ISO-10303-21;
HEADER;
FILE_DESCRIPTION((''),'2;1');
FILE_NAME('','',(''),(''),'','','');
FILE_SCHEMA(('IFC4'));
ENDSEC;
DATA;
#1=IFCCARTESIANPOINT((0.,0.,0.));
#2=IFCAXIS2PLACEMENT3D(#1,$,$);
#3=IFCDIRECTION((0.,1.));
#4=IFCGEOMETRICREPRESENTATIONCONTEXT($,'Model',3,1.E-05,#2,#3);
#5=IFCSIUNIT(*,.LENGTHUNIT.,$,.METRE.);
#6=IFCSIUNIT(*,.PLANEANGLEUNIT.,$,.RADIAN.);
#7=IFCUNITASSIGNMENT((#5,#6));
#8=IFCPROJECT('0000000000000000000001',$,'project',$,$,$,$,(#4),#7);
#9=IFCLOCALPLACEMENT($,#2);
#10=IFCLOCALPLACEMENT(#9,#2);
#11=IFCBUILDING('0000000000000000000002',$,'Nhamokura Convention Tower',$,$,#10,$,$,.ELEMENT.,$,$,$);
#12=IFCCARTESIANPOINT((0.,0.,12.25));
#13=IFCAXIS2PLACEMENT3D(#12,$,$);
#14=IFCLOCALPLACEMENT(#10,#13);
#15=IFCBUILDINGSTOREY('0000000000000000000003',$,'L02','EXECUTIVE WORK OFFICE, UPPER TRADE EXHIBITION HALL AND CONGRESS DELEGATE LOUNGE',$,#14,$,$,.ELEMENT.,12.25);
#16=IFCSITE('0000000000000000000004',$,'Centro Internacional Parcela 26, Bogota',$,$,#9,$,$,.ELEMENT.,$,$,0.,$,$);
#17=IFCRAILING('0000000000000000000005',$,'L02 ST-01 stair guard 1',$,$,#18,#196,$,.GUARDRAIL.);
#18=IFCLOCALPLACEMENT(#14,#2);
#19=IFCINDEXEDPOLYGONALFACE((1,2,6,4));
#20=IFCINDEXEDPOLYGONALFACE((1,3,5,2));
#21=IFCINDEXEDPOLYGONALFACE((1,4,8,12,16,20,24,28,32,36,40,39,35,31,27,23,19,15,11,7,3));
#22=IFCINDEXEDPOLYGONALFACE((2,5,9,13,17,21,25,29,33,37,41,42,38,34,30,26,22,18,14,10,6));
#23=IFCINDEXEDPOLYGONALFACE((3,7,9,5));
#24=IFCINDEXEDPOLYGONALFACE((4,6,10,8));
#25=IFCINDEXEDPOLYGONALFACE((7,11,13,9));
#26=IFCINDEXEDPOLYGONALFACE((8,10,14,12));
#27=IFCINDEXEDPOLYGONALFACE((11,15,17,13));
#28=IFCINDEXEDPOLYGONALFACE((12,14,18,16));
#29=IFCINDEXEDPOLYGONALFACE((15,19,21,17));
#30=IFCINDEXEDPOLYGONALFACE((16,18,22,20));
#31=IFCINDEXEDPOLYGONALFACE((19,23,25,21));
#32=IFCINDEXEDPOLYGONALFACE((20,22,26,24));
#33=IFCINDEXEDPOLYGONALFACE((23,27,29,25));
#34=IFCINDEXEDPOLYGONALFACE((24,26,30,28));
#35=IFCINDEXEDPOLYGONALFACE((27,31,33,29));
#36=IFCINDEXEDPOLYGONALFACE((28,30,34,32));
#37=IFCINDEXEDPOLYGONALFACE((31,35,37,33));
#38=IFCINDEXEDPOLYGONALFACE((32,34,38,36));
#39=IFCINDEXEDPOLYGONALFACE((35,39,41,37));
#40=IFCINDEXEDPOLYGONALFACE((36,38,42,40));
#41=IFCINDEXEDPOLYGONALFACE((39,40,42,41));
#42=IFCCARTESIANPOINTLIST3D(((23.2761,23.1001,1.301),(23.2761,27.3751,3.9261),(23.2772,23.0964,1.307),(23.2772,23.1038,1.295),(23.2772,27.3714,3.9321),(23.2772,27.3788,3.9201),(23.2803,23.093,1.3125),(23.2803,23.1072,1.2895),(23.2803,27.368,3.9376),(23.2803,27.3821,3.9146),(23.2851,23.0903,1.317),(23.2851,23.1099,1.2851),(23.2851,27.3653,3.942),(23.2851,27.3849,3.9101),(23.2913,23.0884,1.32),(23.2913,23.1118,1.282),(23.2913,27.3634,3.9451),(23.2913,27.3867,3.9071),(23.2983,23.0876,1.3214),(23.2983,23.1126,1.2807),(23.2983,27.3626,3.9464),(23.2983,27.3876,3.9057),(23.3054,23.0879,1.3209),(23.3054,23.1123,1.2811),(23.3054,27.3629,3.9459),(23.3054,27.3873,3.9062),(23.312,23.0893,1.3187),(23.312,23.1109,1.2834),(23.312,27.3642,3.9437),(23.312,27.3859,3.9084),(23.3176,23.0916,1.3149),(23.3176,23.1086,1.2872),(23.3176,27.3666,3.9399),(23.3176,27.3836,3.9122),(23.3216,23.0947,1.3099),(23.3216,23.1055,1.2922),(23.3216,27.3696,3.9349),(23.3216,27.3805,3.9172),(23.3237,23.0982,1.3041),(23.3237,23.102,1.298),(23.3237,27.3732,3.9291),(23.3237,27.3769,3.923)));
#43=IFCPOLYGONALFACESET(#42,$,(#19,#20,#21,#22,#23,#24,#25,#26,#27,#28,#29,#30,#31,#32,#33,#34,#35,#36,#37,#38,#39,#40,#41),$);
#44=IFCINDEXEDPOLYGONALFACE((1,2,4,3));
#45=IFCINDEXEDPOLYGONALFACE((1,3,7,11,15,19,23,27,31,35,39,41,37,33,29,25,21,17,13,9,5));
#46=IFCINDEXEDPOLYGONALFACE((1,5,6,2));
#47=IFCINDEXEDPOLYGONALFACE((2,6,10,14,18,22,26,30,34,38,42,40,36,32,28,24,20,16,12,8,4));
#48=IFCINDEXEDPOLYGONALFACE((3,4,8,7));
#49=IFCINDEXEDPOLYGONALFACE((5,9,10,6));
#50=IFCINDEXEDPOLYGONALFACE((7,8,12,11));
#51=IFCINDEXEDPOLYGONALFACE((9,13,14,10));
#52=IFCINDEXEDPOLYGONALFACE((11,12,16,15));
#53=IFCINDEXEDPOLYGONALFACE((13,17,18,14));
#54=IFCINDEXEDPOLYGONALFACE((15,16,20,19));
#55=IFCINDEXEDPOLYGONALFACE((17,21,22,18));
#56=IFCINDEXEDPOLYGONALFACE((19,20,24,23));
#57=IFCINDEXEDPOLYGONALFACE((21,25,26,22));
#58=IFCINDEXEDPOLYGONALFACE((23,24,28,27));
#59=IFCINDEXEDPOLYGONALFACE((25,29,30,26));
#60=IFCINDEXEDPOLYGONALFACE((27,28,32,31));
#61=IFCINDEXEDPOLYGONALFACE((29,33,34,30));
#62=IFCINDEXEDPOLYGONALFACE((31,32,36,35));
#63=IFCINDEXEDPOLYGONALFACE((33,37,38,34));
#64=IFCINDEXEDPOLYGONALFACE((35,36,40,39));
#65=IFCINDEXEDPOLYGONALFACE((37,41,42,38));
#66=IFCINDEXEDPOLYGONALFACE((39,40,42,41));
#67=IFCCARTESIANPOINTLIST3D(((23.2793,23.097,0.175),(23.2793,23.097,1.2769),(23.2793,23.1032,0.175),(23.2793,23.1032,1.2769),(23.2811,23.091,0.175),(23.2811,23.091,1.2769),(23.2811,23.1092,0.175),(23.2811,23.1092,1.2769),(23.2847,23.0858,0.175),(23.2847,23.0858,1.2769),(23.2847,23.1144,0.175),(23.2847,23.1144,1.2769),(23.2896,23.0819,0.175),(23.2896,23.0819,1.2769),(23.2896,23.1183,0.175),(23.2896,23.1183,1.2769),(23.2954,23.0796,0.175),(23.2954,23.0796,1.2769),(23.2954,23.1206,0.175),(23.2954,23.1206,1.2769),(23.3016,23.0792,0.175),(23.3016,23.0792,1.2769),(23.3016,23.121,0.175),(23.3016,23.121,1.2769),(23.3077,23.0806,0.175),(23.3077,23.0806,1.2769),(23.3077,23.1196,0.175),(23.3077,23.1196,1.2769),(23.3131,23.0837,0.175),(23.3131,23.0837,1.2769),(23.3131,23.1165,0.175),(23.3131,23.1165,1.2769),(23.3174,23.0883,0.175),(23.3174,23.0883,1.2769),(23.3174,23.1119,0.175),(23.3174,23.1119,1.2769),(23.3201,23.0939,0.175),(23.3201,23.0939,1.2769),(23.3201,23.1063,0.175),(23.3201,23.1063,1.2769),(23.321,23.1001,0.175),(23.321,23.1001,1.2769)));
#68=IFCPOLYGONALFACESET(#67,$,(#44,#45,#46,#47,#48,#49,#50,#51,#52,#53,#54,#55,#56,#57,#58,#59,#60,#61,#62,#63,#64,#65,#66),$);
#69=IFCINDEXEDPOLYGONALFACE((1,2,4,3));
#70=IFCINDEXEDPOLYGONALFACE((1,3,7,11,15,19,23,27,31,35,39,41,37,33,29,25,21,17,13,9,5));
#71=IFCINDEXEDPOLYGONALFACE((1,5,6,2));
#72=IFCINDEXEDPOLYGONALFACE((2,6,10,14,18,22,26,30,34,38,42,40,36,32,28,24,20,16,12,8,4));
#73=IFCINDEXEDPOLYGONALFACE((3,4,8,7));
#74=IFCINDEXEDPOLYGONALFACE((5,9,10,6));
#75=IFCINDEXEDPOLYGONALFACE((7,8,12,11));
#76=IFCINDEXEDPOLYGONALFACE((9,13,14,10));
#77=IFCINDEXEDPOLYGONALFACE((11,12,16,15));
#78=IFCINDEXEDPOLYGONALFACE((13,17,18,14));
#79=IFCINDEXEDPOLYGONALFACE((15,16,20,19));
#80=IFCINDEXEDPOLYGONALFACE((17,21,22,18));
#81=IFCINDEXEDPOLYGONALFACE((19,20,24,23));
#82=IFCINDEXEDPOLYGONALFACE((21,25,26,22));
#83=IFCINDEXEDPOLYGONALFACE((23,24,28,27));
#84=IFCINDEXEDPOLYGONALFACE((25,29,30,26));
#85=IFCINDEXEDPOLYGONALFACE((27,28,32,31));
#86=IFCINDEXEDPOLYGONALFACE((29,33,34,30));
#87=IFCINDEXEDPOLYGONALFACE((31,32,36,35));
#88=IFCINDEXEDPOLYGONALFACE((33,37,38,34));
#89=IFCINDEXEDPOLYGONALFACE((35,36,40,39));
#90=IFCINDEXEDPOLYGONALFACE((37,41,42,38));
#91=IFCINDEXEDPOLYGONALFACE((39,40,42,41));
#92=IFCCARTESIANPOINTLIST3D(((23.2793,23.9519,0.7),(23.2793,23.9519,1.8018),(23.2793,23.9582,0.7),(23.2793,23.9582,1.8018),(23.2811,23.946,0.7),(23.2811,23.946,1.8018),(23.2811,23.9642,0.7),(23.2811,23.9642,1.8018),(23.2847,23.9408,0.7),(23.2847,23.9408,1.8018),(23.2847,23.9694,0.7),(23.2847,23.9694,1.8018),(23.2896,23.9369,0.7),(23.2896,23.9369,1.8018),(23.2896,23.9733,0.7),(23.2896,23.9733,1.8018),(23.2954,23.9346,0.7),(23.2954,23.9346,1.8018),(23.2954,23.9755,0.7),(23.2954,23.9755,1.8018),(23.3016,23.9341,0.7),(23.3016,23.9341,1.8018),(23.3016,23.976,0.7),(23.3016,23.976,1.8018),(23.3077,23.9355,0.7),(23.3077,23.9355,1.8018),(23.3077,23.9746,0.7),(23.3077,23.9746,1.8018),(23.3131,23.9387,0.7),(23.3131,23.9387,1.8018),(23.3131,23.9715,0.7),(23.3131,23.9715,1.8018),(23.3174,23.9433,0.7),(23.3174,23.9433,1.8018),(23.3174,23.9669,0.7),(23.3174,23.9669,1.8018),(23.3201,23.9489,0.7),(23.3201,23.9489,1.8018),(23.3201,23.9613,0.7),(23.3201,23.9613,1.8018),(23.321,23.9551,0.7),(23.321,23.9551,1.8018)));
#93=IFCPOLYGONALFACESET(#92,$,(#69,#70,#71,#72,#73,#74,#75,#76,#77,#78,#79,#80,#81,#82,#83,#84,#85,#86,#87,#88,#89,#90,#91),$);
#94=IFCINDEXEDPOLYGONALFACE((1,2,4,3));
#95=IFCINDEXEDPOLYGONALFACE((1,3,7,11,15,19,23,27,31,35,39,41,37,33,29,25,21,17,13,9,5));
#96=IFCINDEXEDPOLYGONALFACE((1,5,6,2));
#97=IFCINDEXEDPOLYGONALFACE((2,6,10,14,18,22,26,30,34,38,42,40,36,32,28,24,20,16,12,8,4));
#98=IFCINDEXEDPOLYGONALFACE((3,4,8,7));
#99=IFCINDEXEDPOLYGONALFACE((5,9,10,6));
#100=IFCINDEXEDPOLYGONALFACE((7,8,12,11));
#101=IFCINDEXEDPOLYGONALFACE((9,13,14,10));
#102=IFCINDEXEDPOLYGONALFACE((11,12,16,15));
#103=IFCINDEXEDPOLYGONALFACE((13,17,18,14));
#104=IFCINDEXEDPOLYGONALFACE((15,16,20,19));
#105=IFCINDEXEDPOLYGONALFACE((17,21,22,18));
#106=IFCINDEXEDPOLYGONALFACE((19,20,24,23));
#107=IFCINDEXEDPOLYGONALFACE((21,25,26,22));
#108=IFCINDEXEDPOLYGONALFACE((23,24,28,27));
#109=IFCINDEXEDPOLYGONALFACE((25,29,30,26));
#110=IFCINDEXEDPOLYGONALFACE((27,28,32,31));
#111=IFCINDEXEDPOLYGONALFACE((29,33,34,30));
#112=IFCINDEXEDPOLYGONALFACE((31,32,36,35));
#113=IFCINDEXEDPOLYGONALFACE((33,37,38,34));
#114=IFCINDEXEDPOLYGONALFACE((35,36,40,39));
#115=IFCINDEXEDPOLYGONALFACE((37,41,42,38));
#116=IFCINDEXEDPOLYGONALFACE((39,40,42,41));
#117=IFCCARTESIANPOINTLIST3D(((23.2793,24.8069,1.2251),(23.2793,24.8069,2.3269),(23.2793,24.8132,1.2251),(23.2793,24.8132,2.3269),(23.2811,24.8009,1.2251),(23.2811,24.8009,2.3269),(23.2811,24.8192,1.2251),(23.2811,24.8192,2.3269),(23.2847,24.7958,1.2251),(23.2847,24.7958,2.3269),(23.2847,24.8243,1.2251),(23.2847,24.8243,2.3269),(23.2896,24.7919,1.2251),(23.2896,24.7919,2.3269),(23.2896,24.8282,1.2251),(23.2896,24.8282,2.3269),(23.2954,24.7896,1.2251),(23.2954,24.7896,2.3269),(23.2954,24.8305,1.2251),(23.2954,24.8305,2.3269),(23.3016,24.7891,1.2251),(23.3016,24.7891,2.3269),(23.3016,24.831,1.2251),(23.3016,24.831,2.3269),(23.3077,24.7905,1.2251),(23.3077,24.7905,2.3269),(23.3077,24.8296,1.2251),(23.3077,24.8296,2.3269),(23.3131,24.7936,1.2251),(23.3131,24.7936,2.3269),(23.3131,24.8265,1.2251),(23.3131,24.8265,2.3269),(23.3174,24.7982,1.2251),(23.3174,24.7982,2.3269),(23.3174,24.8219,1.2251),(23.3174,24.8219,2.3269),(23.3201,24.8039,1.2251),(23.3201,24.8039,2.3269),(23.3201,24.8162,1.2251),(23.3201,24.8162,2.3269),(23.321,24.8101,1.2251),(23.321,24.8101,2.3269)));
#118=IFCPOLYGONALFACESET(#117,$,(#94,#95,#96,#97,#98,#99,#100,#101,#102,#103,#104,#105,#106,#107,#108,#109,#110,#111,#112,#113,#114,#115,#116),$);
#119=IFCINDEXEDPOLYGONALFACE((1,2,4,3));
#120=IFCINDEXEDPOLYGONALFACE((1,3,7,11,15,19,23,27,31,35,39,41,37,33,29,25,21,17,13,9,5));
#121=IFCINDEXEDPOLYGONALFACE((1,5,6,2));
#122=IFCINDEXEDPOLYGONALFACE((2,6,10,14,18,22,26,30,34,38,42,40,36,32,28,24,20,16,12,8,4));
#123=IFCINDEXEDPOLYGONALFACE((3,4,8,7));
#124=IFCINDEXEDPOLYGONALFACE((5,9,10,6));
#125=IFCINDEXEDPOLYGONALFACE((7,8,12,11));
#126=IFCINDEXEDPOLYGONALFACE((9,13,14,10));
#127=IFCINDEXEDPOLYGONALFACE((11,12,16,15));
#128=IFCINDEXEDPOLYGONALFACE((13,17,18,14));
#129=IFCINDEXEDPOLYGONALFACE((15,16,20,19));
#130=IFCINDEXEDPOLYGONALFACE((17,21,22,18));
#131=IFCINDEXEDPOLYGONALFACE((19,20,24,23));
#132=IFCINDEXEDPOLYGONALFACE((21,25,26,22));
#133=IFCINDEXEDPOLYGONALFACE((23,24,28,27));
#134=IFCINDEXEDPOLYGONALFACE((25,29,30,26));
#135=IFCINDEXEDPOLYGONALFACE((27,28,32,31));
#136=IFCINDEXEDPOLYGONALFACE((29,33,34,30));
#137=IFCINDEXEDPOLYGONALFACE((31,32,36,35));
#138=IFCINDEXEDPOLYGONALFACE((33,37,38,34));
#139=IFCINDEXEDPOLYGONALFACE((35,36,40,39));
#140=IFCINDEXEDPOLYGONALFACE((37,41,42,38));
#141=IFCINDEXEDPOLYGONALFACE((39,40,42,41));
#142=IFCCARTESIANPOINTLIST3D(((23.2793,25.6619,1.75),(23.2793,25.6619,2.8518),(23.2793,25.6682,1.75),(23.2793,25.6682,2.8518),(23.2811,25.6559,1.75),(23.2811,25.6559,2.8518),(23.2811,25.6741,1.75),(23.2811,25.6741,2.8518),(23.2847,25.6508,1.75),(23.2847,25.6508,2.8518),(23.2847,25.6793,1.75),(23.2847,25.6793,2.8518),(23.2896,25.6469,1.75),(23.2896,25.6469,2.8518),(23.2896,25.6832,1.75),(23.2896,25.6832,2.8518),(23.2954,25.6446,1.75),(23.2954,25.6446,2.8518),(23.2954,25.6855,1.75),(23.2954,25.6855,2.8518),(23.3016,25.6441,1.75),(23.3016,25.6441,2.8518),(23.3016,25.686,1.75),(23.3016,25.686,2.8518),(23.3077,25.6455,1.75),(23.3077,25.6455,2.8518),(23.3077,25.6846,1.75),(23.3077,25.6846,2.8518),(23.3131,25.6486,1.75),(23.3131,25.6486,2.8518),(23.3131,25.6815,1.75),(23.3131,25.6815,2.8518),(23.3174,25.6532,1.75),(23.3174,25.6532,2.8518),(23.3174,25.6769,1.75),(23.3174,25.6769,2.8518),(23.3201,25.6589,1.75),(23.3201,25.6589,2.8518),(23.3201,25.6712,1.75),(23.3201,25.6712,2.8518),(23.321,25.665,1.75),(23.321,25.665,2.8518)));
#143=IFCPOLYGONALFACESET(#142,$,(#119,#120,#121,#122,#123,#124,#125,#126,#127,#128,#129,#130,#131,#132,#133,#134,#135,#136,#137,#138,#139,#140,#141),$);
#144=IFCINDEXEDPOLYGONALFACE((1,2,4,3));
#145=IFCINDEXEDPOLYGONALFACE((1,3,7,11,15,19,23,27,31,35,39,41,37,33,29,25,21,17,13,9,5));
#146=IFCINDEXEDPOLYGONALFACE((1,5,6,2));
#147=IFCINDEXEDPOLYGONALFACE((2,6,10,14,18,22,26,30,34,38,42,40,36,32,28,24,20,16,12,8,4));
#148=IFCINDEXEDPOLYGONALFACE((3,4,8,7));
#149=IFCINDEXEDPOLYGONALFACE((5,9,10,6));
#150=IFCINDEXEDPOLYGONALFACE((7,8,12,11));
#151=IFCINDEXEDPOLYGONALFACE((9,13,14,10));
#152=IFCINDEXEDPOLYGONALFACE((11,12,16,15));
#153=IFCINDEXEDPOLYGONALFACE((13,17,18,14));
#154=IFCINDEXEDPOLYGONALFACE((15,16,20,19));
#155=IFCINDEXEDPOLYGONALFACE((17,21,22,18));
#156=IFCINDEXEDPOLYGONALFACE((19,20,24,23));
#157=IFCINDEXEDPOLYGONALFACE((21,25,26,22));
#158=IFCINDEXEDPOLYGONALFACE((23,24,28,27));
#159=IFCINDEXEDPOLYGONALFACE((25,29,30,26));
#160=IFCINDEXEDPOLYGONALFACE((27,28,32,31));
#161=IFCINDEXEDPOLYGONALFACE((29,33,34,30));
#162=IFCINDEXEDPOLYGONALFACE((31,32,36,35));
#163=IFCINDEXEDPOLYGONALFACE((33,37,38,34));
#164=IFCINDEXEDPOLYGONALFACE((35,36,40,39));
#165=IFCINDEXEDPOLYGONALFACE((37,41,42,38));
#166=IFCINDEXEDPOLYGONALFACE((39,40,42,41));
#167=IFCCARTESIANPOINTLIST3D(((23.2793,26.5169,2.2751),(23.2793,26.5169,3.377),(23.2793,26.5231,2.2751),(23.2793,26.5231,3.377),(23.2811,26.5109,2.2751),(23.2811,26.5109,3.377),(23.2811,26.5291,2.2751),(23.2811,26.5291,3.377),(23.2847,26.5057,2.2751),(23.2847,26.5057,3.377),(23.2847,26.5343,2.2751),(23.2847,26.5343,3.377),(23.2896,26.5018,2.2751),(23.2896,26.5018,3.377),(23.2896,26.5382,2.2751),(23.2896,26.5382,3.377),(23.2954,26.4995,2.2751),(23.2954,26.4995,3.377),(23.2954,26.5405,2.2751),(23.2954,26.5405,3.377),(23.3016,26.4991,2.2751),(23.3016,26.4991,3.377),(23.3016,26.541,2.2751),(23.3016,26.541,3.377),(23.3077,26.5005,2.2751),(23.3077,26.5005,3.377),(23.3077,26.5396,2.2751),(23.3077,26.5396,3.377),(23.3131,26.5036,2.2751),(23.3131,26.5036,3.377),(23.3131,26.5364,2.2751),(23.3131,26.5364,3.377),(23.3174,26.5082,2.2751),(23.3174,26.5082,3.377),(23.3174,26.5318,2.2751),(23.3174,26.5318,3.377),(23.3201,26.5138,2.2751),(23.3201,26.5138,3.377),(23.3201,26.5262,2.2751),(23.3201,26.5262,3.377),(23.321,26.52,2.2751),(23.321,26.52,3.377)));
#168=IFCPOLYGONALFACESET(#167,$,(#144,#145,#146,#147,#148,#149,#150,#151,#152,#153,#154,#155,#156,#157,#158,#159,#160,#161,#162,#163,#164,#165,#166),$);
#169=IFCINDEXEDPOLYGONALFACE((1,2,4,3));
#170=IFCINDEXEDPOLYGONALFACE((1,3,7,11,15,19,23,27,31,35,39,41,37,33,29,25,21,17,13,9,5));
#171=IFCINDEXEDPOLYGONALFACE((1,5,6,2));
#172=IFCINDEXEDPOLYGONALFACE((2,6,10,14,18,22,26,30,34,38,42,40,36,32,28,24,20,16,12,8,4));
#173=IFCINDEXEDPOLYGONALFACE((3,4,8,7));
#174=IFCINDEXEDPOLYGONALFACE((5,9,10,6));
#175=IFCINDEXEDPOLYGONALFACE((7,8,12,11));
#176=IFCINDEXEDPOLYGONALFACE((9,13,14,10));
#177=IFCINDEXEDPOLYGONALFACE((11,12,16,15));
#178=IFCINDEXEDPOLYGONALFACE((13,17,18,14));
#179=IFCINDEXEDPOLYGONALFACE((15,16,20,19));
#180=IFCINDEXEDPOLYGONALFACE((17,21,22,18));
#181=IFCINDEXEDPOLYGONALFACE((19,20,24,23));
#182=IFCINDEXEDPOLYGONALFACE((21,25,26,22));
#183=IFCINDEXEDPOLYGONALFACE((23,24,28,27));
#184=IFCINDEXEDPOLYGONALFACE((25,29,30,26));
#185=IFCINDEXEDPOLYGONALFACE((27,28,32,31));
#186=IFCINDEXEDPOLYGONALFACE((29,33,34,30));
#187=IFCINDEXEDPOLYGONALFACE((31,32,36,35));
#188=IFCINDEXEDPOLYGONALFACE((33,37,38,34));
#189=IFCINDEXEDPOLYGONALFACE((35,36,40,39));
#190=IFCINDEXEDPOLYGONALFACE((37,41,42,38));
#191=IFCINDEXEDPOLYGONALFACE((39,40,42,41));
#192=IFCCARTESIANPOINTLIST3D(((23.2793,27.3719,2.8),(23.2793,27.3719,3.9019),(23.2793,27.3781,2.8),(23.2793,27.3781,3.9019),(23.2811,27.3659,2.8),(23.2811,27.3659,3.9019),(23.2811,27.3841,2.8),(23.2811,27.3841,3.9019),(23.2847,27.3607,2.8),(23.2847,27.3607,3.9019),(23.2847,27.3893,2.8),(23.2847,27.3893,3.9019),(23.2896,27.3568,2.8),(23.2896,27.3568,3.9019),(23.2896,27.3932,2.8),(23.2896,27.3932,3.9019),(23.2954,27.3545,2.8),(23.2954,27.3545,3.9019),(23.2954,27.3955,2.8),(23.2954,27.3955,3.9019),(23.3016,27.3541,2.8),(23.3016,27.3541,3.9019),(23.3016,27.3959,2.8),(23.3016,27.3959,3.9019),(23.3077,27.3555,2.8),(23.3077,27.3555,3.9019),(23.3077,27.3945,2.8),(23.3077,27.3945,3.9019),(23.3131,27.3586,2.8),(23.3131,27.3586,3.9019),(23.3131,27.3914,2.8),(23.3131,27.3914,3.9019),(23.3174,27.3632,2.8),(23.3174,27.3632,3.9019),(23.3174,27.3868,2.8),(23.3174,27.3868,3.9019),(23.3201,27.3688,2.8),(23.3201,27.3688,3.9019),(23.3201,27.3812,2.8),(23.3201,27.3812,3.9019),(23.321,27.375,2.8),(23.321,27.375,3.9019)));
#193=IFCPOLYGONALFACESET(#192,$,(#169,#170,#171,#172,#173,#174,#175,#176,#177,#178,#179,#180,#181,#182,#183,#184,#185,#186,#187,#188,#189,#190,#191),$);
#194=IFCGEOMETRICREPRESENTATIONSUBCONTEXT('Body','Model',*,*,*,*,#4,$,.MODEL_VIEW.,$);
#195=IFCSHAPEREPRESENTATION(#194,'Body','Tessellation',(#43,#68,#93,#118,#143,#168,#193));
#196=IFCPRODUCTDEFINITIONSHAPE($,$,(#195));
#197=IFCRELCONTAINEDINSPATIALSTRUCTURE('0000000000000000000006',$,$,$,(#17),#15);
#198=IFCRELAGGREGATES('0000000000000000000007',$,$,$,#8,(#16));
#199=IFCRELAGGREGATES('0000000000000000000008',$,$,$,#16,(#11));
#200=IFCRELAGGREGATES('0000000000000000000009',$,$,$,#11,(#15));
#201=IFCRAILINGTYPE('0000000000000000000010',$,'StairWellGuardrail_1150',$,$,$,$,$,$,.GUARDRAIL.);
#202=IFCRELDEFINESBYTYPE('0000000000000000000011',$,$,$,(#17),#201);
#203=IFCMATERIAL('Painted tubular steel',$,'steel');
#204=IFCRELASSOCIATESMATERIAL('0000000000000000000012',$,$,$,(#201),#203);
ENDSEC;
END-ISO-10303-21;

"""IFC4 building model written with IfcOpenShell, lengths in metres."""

from ifc_helpers import new_model, si_unit, direction, frame, origin, origin_2d, place, context, subcontext, project, spatial, circle, extrude, material, type_object, element, save


model = new_model("IFC4")

# Units and contexts
model_context = context("Model", 3, precision=1e-05, world=origin(), true_north=direction((0.0, 1.0)))
body_context = subcontext(model_context, "Body", "Model", "MODEL_VIEW")
ifc_project = project(units=[si_unit("LENGTHUNIT", "METRE"), si_unit("PLANEANGLEUNIT", "RADIAN")], contexts=[model_context])

# Site, building, storey
site_placement = place(None, origin())
site = spatial("IfcSite", under=ifc_project, at=site_placement, Name="Centro Internacional Parcela 26, Bogota", CompositionType="ELEMENT", RefElevation=0.0)
building_placement = place(site_placement, origin())
building = spatial("IfcBuilding", under=site, at=building_placement, Name="Nhamokura Convention Tower", CompositionType="ELEMENT")
storey_placement = place(building_placement, frame((0.0, 0.0, 12.25)))
storey = spatial("IfcBuildingStorey", under=building, at=storey_placement, Name="L02", Description="EXECUTIVE WORK OFFICE, UPPER TRADE EXHIBITION HALL AND CONGRESS DELEGATE LOUNGE", CompositionType="ELEMENT", Elevation=12.25)

# Railing
ifc_material_1 = material(Name="Painted tubular steel", Category="steel")
railing_type_1 = type_object("IfcRailingType", Name="StairWellGuardrail_1150", PredefinedType="GUARDRAIL", material=ifc_material_1)
railing_1_placement = place(storey_placement, frame((23.3, 23.1001, 0.175)))
element("IfcRailing", 1, at=railing_1_placement, inside=storey, type_object=railing_type_1, Name="L02 ST-01 stair guard 1", PredefinedType="GUARDRAIL", context=body_context, shape_type="SweptSolid", body=[
    extrude(circle(Radius=0.0239, at=origin_2d()), frame((0.0, 0.0, 1.126), z_axis=(0.0, 0.852166, 0.523272), x_axis=(-1.0, 0.0, 0.0)), (0.0, 0.0, 1.0), 5.0166),
    extrude(circle(Radius=0.021, at=origin_2d()), origin(), (0.0, 0.0, 1.0), 1.1018),
    extrude(circle(Radius=0.021, at=origin_2d()), frame((0.0, 0.855, 0.5249)), (0.0, 0.0, 1.0), 1.1018),
    extrude(circle(Radius=0.021, at=origin_2d()), frame((0.0, 1.71, 1.05)), (0.0, 0.0, 1.0), 1.1018),
    extrude(circle(Radius=0.021, at=origin_2d()), frame((0.0, 2.5649, 1.575)), (0.0, 0.0, 1.0), 1.1018),
    extrude(circle(Radius=0.021, at=origin_2d()), frame((0.0, 3.4199, 2.1001)), (0.0, 0.0, 1.0), 1.1018),
    extrude(circle(Radius=0.021, at=origin_2d()), frame((0.0, 4.2749, 2.625)), (0.0, 0.0, 1.0), 1.1018),
])

save(model, "model.ifc")
